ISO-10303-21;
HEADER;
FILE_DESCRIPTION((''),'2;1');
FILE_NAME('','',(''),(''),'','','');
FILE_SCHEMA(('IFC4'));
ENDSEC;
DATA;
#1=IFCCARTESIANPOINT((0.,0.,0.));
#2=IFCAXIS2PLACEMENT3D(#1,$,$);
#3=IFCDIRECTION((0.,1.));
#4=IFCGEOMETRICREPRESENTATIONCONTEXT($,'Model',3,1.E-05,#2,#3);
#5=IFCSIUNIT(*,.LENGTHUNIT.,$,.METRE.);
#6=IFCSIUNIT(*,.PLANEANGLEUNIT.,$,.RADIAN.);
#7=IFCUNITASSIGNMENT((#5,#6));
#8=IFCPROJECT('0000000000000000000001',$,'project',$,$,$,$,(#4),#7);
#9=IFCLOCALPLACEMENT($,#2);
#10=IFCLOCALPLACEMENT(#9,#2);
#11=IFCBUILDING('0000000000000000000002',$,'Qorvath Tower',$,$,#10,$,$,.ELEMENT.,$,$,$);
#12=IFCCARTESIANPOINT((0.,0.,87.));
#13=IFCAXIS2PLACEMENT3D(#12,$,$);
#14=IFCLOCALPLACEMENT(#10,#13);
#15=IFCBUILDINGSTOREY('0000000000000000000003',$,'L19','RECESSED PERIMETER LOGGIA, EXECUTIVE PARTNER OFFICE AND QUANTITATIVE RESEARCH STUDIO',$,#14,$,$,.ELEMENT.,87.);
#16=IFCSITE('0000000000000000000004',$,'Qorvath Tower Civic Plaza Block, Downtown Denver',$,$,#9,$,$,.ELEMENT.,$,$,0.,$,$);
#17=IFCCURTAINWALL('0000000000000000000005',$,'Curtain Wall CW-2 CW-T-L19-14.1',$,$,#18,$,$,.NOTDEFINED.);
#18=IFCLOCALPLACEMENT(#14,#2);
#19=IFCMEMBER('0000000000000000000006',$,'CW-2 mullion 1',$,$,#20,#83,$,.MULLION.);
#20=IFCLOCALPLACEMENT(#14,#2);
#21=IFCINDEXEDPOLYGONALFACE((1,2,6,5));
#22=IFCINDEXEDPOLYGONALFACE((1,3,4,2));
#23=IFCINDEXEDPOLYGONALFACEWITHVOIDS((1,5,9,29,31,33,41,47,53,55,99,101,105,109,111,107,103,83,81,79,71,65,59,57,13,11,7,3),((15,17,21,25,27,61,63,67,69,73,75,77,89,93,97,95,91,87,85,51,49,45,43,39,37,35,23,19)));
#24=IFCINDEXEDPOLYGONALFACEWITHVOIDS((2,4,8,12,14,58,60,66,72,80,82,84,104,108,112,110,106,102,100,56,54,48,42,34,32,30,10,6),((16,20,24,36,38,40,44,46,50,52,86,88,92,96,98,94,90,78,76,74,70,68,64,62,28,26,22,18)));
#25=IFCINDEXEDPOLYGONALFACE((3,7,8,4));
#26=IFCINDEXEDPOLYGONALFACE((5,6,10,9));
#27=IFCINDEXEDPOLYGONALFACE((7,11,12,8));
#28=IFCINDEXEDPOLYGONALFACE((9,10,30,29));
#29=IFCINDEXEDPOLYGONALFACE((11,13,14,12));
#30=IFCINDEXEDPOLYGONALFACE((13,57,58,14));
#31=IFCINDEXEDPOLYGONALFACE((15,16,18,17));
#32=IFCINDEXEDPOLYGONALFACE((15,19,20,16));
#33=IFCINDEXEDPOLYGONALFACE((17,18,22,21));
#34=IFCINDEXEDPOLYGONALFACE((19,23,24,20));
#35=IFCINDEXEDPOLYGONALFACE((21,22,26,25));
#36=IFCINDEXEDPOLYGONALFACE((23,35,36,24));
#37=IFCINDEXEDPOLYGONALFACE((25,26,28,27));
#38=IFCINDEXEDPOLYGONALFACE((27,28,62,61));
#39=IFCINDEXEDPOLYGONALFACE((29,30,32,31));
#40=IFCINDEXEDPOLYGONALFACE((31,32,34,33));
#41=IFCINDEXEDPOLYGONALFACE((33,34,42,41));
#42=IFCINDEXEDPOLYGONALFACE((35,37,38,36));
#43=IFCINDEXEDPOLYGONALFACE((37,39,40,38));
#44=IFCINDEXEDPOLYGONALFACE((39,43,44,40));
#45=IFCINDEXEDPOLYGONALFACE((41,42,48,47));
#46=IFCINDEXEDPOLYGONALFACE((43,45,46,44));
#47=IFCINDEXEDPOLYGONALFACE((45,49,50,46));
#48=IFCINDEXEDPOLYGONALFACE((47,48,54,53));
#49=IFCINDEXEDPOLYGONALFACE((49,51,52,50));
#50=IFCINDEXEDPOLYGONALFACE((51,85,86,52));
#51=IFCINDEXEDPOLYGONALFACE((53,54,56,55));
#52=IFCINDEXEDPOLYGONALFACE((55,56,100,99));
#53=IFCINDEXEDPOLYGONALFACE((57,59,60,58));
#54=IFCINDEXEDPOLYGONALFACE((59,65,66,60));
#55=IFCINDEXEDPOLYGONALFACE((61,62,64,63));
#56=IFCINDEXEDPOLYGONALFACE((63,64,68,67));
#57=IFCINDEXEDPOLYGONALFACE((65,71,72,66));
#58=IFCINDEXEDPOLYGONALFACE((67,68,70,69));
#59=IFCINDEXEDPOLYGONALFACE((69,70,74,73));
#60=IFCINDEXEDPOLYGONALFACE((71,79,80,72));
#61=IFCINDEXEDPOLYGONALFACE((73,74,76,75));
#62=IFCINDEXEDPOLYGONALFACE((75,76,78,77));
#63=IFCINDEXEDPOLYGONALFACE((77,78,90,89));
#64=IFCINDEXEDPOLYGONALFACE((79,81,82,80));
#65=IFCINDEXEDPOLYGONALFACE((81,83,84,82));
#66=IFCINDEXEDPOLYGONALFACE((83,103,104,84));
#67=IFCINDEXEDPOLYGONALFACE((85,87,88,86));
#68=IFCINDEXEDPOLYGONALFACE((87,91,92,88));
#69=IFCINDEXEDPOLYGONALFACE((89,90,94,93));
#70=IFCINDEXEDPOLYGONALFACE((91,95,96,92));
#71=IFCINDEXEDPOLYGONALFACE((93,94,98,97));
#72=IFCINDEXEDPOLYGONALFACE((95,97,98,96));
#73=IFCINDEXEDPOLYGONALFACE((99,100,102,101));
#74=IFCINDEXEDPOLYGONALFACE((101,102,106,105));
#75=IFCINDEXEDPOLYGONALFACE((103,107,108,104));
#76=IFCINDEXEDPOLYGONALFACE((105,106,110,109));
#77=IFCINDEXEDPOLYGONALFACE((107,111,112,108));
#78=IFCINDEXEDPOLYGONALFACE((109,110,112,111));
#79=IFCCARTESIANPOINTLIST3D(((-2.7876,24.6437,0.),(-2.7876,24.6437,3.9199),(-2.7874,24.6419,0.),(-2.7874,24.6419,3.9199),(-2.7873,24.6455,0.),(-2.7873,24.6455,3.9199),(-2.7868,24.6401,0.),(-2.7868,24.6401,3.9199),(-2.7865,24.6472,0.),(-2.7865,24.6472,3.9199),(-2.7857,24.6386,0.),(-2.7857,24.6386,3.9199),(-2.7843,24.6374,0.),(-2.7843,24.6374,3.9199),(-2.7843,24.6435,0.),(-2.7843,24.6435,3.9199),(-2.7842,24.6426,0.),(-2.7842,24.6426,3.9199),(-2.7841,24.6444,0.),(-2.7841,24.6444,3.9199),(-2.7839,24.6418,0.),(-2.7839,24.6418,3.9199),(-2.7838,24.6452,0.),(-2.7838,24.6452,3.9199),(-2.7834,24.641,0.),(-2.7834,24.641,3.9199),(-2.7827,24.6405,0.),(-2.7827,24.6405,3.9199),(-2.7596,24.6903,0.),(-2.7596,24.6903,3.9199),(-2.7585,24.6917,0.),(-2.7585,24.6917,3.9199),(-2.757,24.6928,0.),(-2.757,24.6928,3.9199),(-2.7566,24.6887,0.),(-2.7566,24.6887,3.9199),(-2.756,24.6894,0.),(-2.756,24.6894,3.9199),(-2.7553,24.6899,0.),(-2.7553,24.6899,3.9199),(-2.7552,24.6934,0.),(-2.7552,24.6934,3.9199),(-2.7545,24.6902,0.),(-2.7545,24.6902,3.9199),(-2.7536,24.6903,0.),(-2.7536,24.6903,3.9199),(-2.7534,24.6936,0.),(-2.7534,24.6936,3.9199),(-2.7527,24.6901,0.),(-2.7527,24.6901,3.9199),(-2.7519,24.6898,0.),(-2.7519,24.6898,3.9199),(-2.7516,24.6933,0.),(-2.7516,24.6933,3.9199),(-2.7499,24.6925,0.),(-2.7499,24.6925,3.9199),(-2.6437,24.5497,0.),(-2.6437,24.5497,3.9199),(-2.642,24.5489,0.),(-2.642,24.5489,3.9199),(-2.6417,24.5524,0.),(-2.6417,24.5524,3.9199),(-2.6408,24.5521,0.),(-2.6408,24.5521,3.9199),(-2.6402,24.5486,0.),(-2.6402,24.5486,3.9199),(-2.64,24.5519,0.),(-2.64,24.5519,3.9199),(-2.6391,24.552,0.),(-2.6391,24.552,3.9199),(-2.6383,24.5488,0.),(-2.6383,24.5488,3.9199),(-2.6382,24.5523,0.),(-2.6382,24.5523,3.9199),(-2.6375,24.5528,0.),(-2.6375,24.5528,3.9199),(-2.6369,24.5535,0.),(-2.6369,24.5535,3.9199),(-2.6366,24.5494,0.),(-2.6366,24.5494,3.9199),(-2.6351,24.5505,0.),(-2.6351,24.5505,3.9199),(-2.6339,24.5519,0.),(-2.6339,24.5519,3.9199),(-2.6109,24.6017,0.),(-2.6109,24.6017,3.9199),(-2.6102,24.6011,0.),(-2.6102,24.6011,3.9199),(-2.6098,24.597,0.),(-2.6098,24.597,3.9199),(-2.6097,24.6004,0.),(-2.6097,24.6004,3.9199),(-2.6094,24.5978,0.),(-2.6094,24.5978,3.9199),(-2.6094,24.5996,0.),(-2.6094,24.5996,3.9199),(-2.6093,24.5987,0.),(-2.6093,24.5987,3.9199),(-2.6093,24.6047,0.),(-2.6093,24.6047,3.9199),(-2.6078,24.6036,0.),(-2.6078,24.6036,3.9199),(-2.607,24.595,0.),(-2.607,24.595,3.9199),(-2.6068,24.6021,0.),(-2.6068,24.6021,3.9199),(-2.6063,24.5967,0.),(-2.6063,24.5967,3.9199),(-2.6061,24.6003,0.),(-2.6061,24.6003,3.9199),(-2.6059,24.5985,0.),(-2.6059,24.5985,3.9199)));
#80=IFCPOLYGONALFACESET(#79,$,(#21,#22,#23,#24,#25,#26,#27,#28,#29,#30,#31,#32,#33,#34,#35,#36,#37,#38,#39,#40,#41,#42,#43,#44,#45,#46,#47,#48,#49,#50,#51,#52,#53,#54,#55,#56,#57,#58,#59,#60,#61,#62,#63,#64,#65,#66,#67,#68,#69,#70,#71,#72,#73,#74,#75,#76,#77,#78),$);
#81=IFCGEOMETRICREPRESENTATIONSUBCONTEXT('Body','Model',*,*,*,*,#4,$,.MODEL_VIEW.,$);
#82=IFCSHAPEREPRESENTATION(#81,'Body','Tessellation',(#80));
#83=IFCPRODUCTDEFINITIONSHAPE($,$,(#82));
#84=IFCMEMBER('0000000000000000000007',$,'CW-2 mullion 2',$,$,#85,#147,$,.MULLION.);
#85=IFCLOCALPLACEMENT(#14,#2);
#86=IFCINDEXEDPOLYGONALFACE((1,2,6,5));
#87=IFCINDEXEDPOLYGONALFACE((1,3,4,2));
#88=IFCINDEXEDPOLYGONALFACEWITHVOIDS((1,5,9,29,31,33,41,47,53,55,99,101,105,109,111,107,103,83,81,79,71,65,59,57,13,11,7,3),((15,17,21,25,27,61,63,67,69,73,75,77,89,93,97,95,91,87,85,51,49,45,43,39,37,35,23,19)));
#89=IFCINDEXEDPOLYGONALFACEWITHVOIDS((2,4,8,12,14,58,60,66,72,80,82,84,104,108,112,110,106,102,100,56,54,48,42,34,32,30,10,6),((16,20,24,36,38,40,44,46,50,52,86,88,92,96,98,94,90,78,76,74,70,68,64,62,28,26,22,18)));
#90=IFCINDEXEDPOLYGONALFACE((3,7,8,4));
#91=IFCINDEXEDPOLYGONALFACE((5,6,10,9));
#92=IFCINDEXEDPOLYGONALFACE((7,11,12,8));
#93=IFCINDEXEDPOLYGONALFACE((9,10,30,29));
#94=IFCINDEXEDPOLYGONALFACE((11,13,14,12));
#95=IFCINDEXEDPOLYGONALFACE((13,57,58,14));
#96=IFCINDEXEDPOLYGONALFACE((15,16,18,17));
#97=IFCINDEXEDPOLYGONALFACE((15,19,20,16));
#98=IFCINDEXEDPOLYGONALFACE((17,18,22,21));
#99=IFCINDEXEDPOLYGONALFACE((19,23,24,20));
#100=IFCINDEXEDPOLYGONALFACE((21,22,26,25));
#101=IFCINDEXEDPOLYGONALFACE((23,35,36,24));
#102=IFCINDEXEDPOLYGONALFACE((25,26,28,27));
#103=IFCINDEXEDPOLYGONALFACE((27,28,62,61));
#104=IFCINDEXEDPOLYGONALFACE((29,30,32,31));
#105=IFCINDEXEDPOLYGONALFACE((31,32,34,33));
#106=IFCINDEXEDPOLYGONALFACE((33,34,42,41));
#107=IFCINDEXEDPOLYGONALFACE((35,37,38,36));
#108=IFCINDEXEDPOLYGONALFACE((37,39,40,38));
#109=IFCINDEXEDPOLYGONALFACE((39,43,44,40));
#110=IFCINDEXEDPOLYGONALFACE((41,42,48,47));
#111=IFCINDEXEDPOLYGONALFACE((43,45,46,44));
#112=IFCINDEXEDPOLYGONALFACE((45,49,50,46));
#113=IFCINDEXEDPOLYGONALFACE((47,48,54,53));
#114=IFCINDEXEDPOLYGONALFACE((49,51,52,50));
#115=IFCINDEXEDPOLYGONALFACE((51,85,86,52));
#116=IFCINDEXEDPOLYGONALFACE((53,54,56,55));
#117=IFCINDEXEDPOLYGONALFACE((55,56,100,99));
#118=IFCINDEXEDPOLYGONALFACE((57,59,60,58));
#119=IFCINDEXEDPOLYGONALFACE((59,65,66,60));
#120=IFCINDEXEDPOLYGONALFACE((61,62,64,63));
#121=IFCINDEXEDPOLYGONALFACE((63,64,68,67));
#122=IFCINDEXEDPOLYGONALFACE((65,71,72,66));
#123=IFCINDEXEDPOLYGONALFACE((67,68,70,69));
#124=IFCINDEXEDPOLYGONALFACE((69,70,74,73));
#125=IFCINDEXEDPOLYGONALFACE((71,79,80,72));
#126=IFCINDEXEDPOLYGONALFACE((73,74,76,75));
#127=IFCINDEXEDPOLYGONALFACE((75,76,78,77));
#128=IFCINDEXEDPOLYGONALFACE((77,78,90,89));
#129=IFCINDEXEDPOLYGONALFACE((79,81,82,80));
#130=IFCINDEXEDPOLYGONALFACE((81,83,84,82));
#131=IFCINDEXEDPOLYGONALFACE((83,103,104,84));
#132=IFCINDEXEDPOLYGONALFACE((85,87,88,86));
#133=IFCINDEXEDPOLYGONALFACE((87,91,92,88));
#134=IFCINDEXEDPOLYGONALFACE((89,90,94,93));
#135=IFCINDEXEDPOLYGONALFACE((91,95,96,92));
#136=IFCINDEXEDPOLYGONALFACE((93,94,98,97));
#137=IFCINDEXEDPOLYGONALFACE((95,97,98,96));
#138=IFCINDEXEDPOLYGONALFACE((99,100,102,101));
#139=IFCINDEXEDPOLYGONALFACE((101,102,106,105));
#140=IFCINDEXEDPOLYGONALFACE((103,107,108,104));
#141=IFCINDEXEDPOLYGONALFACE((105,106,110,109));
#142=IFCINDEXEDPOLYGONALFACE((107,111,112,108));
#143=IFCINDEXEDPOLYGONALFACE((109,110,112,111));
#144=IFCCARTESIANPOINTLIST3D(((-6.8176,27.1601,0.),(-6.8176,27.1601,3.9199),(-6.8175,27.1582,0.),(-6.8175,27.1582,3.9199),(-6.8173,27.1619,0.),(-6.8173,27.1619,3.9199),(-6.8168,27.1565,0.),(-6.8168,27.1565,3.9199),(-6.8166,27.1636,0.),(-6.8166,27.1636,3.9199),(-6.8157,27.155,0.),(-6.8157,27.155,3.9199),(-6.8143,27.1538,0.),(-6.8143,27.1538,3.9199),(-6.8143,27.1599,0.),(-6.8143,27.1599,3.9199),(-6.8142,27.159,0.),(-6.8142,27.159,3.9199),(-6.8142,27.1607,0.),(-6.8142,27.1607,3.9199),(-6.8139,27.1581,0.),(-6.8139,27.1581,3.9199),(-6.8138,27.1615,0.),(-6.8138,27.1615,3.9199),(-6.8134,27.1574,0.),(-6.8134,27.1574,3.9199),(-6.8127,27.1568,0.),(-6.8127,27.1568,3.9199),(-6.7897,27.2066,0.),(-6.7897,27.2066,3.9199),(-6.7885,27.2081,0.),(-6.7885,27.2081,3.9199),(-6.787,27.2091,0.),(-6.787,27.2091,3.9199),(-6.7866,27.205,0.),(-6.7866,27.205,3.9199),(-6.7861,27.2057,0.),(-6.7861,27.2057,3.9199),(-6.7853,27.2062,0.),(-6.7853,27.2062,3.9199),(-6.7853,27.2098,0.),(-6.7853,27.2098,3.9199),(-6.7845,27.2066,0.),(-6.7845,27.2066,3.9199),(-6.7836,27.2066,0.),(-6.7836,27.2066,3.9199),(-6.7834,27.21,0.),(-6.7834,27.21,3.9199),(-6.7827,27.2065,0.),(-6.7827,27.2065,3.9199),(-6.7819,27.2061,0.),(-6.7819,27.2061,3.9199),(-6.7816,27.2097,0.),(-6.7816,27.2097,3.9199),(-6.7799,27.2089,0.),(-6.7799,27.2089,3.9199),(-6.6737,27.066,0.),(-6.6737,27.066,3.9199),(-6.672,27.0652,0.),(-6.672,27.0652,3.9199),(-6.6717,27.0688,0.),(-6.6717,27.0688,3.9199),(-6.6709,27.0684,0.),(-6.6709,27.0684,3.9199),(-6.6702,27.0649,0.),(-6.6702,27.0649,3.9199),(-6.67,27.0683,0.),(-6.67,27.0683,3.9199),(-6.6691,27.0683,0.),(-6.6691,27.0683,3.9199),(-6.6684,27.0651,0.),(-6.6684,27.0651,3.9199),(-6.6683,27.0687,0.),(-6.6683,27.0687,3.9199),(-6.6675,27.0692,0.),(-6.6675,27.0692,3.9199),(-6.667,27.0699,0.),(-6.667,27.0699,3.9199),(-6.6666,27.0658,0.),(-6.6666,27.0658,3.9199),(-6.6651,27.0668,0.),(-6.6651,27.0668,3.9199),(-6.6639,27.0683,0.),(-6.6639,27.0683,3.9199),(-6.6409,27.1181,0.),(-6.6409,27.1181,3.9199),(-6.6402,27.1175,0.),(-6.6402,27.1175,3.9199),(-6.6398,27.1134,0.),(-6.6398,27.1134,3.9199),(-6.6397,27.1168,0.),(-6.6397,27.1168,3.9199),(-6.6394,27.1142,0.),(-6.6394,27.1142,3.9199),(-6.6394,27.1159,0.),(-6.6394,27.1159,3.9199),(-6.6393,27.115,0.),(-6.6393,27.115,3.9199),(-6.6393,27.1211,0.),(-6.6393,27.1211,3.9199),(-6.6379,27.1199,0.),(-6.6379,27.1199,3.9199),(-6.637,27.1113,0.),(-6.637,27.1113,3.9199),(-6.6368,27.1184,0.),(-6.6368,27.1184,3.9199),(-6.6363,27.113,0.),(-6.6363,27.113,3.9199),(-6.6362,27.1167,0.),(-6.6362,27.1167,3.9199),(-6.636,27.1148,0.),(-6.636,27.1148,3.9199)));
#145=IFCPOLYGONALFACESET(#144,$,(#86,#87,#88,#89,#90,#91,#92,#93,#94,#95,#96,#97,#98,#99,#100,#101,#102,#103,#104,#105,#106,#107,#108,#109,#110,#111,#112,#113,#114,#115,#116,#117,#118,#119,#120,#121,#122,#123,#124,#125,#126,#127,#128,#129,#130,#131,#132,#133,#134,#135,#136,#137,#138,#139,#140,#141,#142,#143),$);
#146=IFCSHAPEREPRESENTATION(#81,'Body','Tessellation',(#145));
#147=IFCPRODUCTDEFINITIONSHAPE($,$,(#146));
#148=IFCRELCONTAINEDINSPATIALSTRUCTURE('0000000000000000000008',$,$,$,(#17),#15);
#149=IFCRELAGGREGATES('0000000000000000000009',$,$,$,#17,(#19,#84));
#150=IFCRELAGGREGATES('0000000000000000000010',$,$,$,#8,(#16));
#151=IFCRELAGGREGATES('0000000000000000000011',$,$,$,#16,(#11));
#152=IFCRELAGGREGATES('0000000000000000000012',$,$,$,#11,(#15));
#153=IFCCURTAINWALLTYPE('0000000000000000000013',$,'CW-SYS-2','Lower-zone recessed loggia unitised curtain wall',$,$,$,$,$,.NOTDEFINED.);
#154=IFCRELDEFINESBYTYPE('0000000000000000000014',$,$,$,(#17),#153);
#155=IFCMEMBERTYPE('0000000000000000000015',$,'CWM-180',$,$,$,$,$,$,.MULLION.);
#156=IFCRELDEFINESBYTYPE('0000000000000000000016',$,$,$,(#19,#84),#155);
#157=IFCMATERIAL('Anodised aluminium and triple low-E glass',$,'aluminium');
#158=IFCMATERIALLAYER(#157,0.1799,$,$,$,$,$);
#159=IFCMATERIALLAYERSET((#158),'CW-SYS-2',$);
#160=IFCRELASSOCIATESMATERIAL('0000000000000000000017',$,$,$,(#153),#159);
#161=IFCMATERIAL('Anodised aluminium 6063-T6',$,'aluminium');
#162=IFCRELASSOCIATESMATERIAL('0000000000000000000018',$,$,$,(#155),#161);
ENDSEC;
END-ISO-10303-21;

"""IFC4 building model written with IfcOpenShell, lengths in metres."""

from ifc_helpers import new_model, si_unit, direction, frame, origin, origin_2d, place, context, subcontext, project, spatial, hollow_rectangle, extrude, material, layer, layer_set, material_profile, profile_set, type_object, element, aggregate, save


model = new_model("IFC4")

# Units and contexts
model_context = context("Model", 3, precision=1e-05, world=origin(), true_north=direction((0.0, 1.0)))
body_context = subcontext(model_context, "Body", "Model", "MODEL_VIEW")
ifc_project = project(units=[si_unit("LENGTHUNIT", "METRE"), si_unit("PLANEANGLEUNIT", "RADIAN")], contexts=[model_context])

# Site, building, storey
site_placement = place(None, origin())
site = spatial("IfcSite", under=ifc_project, at=site_placement, Name="Qorvath Tower Civic Plaza Block, Downtown Denver", CompositionType="ELEMENT", RefElevation=0.0)
building_placement = place(site_placement, origin())
building = spatial("IfcBuilding", under=site, at=building_placement, Name="Qorvath Tower", CompositionType="ELEMENT")
storey_placement = place(building_placement, frame((0.0, 0.0, 87.0)))
storey = spatial("IfcBuildingStorey", under=building, at=storey_placement, Name="L19", Description="RECESSED PERIMETER LOGGIA, EXECUTIVE PARTNER OFFICE AND QUANTITATIVE RESEARCH STUDIO", CompositionType="ELEMENT", Elevation=87.0)

# Shared definitions
ifc_material_1 = material(Name="Anodised aluminium and triple low-E glass", Category="aluminium")
ifc_layer_1 = layer(ifc_material_1, 0.1799)
ifc_layer_set_1 = layer_set([ifc_layer_1], Name="CW-SYS-2")
curtain_wall_type = type_object("IfcCurtainWallType", Name="CW-SYS-2", Description="Lower-zone recessed loggia unitised curtain wall", PredefinedType="NOTDEFINED", material=ifc_layer_set_1)
ifc_material_2 = material(Name="Anodised aluminium 6063-T6", Category="aluminium")
ifc_material_profile_1 = material_profile(ifc_material_2, hollow_rectangle(XDim=0.0649, YDim=0.1799, WallThickness=0.0034, InnerFilletRadius=0.0034, OuterFilletRadius=0.0071, at=origin_2d()), Name="CWM 180x65")
ifc_profile_set_1 = profile_set([ifc_material_profile_1], Name="Anodised aluminium 6063-T6")
member_type_1 = type_object("IfcMemberType", Name="CWM-180", PredefinedType="MULLION", material=ifc_profile_set_1)

# Curtain wall, members
curtain_wall_1_placement = place(storey_placement, origin())
curtain_wall_1 = element("IfcCurtainWall", 1, at=curtain_wall_1_placement, inside=storey, type_object=curtain_wall_type, Name="Curtain Wall CW-2 CW-T-L19-14.1", PredefinedType="NOTDEFINED")
member_1_placement = place(storey_placement, frame((-2.6968, 24.6211, 0.0), z_axis=(0.0, 0.0, 1.0), x_axis=(-0.529625, -0.848232, 0.0)))
member_1 = element("IfcMember", 2, at=member_1_placement, type_object=member_type_1, Name="CW-2 mullion 1", PredefinedType="MULLION", context=body_context, shape_type="SweptSolid", body=[
    extrude(hollow_rectangle(XDim=0.0649, YDim=0.1799, WallThickness=0.0034, InnerFilletRadius=0.0034, OuterFilletRadius=0.0071, at=origin_2d()), origin(), (0.0, 0.0, 1.0), 3.9199),
])
member_2_placement = place(storey_placement, frame((-6.7268, 27.1375, 0.0), z_axis=(0.0, 0.0, 1.0), x_axis=(-0.529625, -0.848232, 0.0)))
member_2 = element("IfcMember", 3, at=member_2_placement, type_object=member_type_1, Name="CW-2 mullion 2", PredefinedType="MULLION", context=body_context, shape_type="SweptSolid", body=[
    extrude(hollow_rectangle(XDim=0.0649, YDim=0.1799, WallThickness=0.0034, InnerFilletRadius=0.0034, OuterFilletRadius=0.0071, at=origin_2d()), origin(), (0.0, 0.0, 1.0), 3.9199),
])

aggregate(curtain_wall_1, [member_1, member_2])

save(model, "model.ifc")
